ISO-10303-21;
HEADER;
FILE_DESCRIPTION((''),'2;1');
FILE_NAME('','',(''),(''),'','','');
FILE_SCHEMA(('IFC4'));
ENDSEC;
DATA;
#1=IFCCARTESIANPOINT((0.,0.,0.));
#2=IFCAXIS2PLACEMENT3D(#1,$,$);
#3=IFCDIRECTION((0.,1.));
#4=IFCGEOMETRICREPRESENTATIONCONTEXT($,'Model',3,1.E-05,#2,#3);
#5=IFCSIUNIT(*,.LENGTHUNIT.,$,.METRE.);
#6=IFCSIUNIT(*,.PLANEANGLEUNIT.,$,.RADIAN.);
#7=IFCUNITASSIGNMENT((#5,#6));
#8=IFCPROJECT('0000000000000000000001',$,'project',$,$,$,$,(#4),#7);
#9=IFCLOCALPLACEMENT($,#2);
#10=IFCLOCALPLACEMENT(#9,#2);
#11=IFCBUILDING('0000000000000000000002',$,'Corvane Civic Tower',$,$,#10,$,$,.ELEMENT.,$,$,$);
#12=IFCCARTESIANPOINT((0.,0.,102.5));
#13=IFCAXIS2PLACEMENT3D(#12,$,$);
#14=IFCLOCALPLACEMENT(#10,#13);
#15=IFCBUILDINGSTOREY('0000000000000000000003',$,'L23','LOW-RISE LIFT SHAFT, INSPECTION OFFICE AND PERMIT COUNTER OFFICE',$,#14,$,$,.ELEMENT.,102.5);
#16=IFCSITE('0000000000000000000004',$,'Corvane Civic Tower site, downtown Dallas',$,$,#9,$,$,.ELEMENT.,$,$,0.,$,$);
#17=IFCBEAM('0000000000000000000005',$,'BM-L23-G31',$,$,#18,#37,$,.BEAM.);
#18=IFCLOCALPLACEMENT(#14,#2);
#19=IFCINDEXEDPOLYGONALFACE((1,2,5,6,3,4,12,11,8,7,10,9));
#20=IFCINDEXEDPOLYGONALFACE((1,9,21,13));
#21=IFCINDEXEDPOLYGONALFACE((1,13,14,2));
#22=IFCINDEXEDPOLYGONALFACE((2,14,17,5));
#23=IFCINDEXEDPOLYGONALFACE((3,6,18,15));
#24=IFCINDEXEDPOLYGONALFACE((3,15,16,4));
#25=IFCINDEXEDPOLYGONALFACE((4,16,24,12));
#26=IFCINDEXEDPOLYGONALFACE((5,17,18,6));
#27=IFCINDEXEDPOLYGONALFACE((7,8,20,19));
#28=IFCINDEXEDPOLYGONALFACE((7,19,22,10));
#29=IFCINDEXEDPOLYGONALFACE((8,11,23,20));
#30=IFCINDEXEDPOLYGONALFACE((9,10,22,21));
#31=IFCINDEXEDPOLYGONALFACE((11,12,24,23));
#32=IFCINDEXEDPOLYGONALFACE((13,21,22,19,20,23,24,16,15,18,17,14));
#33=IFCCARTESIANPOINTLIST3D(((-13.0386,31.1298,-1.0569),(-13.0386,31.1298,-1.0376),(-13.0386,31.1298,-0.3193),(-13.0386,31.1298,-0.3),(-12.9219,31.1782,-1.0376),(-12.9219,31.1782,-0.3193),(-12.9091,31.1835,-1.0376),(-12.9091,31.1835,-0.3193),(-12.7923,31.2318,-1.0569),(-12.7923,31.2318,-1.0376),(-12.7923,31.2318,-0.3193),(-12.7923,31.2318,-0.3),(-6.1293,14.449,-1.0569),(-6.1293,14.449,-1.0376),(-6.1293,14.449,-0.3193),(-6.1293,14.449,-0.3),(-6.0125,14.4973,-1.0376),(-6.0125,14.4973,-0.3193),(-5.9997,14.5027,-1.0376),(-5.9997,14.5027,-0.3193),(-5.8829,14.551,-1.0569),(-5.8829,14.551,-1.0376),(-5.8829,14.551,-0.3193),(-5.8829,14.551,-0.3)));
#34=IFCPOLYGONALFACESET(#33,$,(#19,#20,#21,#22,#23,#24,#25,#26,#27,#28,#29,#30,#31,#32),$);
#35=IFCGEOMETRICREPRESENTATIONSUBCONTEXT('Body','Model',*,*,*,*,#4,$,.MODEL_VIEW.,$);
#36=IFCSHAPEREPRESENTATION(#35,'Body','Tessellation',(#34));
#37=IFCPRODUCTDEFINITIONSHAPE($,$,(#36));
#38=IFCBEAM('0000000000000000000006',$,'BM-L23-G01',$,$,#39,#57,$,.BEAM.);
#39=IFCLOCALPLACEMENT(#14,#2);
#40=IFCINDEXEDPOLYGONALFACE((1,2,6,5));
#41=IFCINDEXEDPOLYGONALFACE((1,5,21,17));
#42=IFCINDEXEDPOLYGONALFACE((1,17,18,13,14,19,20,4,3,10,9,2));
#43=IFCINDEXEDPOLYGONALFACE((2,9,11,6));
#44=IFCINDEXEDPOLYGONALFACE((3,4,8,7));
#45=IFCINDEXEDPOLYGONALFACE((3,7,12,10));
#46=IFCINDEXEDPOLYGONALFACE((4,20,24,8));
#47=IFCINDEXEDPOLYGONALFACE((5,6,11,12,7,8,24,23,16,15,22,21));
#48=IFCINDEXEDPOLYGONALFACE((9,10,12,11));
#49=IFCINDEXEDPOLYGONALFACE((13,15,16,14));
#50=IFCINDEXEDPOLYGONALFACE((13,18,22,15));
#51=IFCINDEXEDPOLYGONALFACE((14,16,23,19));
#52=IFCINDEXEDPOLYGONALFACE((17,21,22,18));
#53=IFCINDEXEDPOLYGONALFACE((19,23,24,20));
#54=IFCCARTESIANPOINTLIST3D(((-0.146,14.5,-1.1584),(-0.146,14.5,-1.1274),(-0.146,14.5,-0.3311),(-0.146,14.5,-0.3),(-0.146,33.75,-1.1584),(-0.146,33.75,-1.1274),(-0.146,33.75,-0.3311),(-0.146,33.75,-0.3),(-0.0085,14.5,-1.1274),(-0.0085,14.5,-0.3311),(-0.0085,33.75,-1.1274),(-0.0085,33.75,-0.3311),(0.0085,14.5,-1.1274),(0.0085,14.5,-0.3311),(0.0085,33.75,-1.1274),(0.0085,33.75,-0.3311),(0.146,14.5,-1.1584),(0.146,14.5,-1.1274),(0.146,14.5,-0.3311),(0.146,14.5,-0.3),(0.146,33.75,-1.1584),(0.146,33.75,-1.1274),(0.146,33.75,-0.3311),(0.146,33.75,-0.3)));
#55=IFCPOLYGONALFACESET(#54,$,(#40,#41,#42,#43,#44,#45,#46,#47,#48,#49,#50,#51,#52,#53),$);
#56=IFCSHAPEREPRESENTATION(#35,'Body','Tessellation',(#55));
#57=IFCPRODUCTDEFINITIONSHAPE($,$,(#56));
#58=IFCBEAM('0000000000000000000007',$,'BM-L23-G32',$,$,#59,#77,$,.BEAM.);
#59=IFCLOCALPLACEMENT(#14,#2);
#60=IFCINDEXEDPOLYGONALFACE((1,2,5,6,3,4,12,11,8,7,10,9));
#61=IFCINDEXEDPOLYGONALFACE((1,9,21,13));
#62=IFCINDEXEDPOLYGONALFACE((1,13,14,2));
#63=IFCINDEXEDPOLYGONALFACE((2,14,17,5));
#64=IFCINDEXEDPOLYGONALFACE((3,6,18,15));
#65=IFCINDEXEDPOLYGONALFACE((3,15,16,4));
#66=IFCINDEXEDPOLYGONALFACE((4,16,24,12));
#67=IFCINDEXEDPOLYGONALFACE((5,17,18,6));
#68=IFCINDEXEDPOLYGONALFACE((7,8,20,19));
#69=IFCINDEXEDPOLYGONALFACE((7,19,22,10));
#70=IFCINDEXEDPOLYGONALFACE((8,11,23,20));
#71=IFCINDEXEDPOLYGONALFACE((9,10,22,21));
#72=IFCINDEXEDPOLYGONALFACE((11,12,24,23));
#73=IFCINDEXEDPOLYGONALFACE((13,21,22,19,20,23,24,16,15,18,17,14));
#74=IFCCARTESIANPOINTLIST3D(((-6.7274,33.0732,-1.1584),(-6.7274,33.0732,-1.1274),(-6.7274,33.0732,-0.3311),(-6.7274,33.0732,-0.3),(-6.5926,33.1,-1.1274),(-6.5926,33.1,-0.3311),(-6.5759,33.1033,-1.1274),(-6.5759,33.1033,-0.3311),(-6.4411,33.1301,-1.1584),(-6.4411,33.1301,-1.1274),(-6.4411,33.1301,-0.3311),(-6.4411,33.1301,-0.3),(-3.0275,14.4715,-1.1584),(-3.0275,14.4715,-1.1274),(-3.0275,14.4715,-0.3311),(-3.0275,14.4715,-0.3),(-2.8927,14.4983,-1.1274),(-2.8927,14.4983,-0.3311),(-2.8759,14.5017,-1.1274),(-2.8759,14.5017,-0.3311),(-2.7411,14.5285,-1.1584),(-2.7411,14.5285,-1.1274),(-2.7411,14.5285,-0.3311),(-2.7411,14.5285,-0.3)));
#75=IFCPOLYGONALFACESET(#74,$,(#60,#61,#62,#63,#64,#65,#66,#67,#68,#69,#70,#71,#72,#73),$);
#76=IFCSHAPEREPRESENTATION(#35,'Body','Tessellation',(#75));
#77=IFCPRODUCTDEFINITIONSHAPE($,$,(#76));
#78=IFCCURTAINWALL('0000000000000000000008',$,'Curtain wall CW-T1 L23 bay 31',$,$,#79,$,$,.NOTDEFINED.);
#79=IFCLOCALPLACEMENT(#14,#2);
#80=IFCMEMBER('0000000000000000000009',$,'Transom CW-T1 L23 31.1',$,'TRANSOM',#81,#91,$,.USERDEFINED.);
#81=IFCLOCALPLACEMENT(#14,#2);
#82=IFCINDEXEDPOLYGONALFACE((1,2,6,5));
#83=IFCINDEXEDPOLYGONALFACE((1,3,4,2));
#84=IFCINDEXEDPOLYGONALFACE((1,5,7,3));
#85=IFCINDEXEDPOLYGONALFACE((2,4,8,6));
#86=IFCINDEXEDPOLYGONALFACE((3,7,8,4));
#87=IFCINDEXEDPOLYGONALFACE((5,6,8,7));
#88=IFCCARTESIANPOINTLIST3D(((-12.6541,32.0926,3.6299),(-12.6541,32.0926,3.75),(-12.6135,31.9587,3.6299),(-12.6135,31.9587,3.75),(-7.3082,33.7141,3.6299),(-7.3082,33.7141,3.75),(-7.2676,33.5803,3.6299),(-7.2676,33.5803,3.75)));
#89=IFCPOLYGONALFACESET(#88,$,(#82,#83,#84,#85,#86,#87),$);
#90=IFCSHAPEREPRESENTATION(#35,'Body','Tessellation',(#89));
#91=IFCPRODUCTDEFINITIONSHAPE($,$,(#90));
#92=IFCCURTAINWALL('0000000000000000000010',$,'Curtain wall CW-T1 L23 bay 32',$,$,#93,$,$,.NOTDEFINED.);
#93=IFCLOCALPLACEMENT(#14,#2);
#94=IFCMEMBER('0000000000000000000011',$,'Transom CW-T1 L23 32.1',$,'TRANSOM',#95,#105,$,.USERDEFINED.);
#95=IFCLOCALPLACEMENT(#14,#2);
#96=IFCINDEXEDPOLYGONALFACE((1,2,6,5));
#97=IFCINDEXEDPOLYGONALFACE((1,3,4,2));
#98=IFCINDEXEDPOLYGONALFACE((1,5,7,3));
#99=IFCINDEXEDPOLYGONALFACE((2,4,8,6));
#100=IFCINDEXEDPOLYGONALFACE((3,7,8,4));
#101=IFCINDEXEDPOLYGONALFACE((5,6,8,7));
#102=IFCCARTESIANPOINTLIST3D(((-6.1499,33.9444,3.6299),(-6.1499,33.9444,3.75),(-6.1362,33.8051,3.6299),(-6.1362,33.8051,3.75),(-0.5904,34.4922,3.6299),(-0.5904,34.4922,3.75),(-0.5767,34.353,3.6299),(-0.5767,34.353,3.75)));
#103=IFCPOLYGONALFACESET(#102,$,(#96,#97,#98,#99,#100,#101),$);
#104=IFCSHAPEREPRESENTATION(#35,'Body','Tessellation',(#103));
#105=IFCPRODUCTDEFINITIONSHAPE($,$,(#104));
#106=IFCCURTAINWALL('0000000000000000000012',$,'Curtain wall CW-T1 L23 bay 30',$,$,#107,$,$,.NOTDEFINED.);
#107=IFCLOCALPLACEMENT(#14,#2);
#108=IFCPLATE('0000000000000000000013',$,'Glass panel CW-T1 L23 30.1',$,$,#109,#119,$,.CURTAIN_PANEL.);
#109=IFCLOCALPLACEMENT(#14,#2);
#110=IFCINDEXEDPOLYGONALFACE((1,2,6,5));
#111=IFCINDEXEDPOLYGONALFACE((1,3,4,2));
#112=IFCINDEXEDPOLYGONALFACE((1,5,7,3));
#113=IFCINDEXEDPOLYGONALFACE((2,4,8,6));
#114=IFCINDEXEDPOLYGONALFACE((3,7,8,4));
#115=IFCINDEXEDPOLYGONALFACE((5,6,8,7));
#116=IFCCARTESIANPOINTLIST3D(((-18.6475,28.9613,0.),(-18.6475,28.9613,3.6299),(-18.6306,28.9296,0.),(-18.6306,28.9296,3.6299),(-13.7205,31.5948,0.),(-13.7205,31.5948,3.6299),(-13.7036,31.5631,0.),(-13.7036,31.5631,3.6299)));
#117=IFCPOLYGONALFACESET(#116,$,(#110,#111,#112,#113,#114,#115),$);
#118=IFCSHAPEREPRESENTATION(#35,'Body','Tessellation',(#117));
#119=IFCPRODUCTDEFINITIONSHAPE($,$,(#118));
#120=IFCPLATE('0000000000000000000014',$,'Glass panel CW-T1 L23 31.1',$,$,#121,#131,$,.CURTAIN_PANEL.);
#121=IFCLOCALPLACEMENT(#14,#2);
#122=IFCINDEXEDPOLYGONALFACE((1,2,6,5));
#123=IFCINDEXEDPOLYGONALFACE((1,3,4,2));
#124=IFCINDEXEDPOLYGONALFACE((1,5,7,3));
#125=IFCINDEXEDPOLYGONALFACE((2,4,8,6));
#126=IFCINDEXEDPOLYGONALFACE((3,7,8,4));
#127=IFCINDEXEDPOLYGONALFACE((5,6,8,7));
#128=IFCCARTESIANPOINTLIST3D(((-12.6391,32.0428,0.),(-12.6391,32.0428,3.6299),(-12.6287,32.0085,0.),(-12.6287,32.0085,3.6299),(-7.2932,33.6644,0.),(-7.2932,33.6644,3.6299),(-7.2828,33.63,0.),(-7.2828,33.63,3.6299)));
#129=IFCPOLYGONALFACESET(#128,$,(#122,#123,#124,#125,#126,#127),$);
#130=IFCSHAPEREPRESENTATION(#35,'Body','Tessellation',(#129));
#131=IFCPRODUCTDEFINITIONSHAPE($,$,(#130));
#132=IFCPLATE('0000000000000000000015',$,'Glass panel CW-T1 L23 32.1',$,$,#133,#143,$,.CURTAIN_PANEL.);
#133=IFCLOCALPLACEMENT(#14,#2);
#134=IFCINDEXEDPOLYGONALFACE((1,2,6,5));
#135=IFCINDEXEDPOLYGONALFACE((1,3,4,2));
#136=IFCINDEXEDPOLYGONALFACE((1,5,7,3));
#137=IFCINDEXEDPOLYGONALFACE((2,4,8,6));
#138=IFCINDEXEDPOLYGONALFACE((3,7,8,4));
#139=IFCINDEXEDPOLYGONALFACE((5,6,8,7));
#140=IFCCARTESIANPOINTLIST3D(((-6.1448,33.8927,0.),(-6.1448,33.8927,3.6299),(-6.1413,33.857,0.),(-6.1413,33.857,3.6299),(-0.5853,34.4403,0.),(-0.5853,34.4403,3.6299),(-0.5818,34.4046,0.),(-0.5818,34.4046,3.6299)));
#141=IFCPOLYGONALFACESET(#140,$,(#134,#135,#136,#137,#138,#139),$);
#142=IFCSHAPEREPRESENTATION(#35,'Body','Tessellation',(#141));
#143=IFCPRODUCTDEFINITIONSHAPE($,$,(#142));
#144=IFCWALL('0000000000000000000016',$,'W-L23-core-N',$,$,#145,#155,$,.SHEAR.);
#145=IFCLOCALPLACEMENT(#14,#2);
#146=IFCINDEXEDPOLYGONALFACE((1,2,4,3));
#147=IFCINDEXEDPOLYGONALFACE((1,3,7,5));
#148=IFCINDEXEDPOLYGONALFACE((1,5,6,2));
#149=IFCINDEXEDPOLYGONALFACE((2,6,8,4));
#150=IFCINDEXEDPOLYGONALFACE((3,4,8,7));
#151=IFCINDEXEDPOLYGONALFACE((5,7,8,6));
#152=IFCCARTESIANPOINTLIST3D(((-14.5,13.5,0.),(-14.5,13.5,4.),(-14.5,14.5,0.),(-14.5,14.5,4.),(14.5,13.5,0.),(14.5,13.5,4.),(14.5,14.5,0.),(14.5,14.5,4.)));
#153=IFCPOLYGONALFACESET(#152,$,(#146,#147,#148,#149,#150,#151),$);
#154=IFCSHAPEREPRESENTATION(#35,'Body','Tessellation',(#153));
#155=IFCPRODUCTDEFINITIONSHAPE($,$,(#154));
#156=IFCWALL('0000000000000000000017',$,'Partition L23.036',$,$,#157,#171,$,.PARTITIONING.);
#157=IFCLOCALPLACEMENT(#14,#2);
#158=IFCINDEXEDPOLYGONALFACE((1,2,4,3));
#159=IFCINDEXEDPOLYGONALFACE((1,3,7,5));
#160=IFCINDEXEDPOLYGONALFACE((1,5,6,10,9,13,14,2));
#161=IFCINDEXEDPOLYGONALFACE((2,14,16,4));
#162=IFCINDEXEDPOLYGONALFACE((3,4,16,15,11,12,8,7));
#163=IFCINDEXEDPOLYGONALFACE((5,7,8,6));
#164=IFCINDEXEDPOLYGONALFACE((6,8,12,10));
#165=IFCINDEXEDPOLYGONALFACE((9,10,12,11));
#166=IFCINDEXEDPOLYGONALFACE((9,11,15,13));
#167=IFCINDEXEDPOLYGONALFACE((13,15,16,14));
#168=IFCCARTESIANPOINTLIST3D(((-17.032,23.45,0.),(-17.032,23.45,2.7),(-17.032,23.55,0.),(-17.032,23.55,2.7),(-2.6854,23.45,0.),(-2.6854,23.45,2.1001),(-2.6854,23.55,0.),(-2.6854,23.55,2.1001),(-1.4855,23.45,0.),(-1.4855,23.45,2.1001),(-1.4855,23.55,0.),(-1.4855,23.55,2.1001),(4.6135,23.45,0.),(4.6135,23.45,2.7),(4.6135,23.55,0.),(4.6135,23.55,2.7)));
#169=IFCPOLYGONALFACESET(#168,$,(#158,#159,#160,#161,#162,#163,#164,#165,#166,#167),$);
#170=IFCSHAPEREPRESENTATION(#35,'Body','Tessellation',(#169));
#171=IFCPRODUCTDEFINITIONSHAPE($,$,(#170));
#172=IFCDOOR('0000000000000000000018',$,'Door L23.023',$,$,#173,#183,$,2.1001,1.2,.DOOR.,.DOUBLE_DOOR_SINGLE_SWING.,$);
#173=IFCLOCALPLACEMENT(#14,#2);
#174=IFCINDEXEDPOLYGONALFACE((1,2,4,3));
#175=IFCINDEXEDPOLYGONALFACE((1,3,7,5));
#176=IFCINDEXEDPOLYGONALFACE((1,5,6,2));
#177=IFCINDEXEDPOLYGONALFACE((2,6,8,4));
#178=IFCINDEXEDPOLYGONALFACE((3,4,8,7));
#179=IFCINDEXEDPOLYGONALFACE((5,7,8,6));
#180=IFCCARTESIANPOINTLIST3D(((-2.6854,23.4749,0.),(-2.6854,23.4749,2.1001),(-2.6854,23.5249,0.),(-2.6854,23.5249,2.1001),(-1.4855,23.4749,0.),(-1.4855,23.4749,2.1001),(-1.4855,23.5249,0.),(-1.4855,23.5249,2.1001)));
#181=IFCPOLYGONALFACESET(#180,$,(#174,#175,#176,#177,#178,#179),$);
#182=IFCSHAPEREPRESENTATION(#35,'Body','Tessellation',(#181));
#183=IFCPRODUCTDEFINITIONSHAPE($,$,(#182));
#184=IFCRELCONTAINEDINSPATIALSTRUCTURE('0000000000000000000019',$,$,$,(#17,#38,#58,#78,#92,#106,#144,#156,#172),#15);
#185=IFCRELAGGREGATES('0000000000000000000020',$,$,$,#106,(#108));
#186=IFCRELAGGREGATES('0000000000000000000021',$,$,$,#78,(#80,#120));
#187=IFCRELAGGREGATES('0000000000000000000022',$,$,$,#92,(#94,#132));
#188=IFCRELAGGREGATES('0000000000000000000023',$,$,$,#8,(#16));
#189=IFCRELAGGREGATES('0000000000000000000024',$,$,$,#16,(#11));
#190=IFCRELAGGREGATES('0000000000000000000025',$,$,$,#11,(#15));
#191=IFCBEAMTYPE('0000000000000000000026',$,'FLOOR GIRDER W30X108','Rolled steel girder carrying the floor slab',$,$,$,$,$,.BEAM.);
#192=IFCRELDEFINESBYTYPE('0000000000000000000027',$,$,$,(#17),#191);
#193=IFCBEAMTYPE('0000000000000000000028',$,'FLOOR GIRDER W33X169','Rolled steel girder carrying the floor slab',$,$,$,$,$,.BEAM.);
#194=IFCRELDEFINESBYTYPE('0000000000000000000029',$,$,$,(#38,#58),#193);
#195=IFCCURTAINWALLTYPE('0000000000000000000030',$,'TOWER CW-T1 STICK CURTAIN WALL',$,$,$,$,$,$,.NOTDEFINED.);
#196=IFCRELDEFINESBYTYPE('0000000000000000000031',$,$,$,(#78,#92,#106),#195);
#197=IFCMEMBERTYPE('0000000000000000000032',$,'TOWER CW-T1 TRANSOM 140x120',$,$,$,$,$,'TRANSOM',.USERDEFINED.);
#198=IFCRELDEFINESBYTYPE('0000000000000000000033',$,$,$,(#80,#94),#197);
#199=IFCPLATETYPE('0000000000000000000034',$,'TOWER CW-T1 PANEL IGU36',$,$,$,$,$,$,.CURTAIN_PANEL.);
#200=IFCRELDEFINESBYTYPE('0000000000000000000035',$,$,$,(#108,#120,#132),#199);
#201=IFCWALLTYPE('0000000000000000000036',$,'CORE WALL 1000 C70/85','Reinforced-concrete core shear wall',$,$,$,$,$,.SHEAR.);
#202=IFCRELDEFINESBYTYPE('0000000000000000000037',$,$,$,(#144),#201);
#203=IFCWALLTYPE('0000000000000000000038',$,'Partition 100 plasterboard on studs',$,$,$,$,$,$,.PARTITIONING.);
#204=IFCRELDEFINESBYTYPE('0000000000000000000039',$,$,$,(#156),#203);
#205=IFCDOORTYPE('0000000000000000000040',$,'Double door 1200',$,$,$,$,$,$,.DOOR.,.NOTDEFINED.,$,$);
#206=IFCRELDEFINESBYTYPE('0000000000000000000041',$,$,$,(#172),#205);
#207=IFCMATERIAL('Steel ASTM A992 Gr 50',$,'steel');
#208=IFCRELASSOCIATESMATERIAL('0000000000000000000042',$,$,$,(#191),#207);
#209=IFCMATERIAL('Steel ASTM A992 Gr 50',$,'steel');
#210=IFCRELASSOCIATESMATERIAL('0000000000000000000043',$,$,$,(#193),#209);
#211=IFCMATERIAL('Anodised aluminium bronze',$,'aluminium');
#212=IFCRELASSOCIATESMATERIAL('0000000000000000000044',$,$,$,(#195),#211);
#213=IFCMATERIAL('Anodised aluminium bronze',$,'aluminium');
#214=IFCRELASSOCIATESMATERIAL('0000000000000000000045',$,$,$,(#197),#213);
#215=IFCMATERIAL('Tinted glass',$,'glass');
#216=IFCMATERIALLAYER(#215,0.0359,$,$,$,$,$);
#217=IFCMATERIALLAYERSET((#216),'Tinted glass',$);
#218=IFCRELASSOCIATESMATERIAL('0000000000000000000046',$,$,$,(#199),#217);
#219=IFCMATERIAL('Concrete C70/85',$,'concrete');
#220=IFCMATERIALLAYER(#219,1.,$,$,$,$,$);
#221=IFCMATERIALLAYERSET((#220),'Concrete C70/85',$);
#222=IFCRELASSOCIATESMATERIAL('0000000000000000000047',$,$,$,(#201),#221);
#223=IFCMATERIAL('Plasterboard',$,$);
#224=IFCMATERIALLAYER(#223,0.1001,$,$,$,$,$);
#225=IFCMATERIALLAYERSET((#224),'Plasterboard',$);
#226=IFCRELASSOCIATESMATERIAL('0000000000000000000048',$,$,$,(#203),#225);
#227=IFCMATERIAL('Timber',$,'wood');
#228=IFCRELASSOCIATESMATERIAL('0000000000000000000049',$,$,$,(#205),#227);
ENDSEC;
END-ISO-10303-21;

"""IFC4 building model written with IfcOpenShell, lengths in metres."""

from ifc_helpers import new_model, si_unit, direction, frame, frame_2d, origin, origin_2d, place, context, subcontext, project, spatial, rectangle, i_section, extrude, material, layer, layer_set, material_profile, profile_set, type_object, element, fill, aggregate, save


model = new_model("IFC4")

# Units and contexts
model_context = context("Model", 3, precision=1e-05, world=origin(), true_north=direction((0.0, 1.0)))
body_context = subcontext(model_context, "Body", "Model", "MODEL_VIEW")
ifc_project = project(units=[si_unit("LENGTHUNIT", "METRE"), si_unit("PLANEANGLEUNIT", "RADIAN")], contexts=[model_context])

# Site, building, storey
site_placement = place(None, origin())
site = spatial("IfcSite", under=ifc_project, at=site_placement, Name="Corvane Civic Tower site, downtown Dallas", CompositionType="ELEMENT", RefElevation=0.0)
building_placement = place(site_placement, origin())
building = spatial("IfcBuilding", under=site, at=building_placement, Name="Corvane Civic Tower", CompositionType="ELEMENT")
storey_placement = place(building_placement, frame((0.0, 0.0, 102.5)))
storey = spatial("IfcBuildingStorey", under=building, at=storey_placement, Name="L23", Description="LOW-RISE LIFT SHAFT, INSPECTION OFFICE AND PERMIT COUNTER OFFICE", CompositionType="ELEMENT", Elevation=102.5)

# Beams
ifc_material_1 = material(Name="Steel ASTM A992 Gr 50", Category="steel")
ifc_material_profile_1 = material_profile(ifc_material_1, i_section(OverallWidth=0.2666, OverallDepth=0.7568, WebThickness=0.0139, FlangeThickness=0.0193, at=origin_2d()), Name="W30X108")
ifc_profile_set_1 = profile_set([ifc_material_profile_1], Name="Steel ASTM A992 Gr 50")
beam_type_1 = type_object("IfcBeamType", Name="FLOOR GIRDER W30X108", Description="Rolled steel girder carrying the floor slab", PredefinedType="BEAM", material=ifc_profile_set_1)
beam_1_placement = place(storey_placement, frame((-6.0061, 14.5, -0.6785), z_axis=(-0.382682, 0.92388, 0.0), x_axis=(-0.92388, -0.382682, 0.0)))
element("IfcBeam", 1, at=beam_1_placement, inside=storey, type_object=beam_type_1, Name="BM-L23-G31", PredefinedType="BEAM", context=body_context, shape_type="SweptSolid", body=[
    extrude(i_section(OverallWidth=0.2666, OverallDepth=0.7568, WebThickness=0.0139, FlangeThickness=0.0193, at=origin_2d()), origin(), (0.0, 0.0, 1.0), 18.0552),
])
ifc_material_2 = material(Name="Steel ASTM A992 Gr 50", Category="steel")
ifc_material_profile_2 = material_profile(ifc_material_2, i_section(OverallWidth=0.292, OverallDepth=0.8584, WebThickness=0.0171, FlangeThickness=0.031, at=origin_2d()), Name="W33X169")
ifc_profile_set_2 = profile_set([ifc_material_profile_2], Name="Steel ASTM A992 Gr 50")
beam_type_2 = type_object("IfcBeamType", Name="FLOOR GIRDER W33X169", Description="Rolled steel girder carrying the floor slab", PredefinedType="BEAM", material=ifc_profile_set_2)
beam_2_placement = place(storey_placement, frame((0.0, 14.5, -0.7292), z_axis=(0.0, 1.0, 0.0), x_axis=(-1.0, 0.0, 0.0)))
element("IfcBeam", 2, at=beam_2_placement, inside=storey, type_object=beam_type_2, Name="BM-L23-G01", PredefinedType="BEAM", context=body_context, shape_type="SweptSolid", body=[
    extrude(i_section(OverallWidth=0.292, OverallDepth=0.8584, WebThickness=0.0171, FlangeThickness=0.031, at=origin_2d()), origin(), (0.0, 0.0, 1.0), 19.25),
])
beam_3_placement = place(storey_placement, frame((-2.8843, 14.5, -0.7292), z_axis=(-0.195084, 0.980787, 0.0), x_axis=(-0.980787, -0.195084, 0.0)))
element("IfcBeam", 3, at=beam_3_placement, inside=storey, type_object=beam_type_2, Name="BM-L23-G32", PredefinedType="BEAM", context=body_context, shape_type="SweptSolid", body=[
    extrude(i_section(OverallWidth=0.292, OverallDepth=0.8584, WebThickness=0.0171, FlangeThickness=0.031, at=origin_2d()), origin(), (0.0, 0.0, 1.0), 18.9661),
])

# Curtain walls, members
ifc_material_3 = material(Name="Anodised aluminium bronze", Category="aluminium")
curtain_wall_type = type_object("IfcCurtainWallType", Name="TOWER CW-T1 STICK CURTAIN WALL", PredefinedType="NOTDEFINED", material=ifc_material_3)
curtain_wall_1_placement = place(storey_placement, origin())
curtain_wall_1 = element("IfcCurtainWall", 4, at=curtain_wall_1_placement, inside=storey, type_object=curtain_wall_type, Name="Curtain wall CW-T1 L23 bay 31", PredefinedType="NOTDEFINED")
ifc_material_4 = material(Name="Anodised aluminium bronze", Category="aluminium")
ifc_material_profile_3 = material_profile(ifc_material_4, rectangle(XDim=0.1399, YDim=0.1201, at=origin_2d()), Name="TOWER CW-T1 TRANSOM 140x120")
ifc_profile_set_3 = profile_set([ifc_material_profile_3], Name="Anodised aluminium bronze")
member_type = type_object("IfcMemberType", Name="TOWER CW-T1 TRANSOM 140x120", ElementType="TRANSOM", PredefinedType="USERDEFINED", material=ifc_profile_set_3)
member_1_placement = place(storey_placement, frame((-12.6338, 32.0256, 3.6899), z_axis=(0.956945, 0.290269, 0.0), x_axis=(-0.290269, 0.956945, 0.0)))
member_1 = element("IfcMember", 5, at=member_1_placement, type_object=member_type, Name="Transom CW-T1 L23 31.1", ObjectType="TRANSOM", PredefinedType="USERDEFINED", context=body_context, shape_type="SweptSolid", body=[
    extrude(rectangle(XDim=0.1399, YDim=0.1201, at=origin_2d()), origin(), (0.0, 0.0, 1.0), 5.5864),
])
curtain_wall_2_placement = place(storey_placement, origin())
curtain_wall_2 = element("IfcCurtainWall", 6, at=curtain_wall_2_placement, inside=storey, type_object=curtain_wall_type, Name="Curtain wall CW-T1 L23 bay 32", PredefinedType="NOTDEFINED")
member_2_placement = place(storey_placement, frame((-6.1431, 33.8748, 3.6899), z_axis=(0.99518, 0.098067, 0.0), x_axis=(-0.098067, 0.99518, 0.0)))
member_2 = element("IfcMember", 7, at=member_2_placement, type_object=member_type, Name="Transom CW-T1 L23 32.1", ObjectType="TRANSOM", PredefinedType="USERDEFINED", context=body_context, shape_type="SweptSolid", body=[
    extrude(rectangle(XDim=0.1399, YDim=0.1201, at=origin_2d()), origin(), (0.0, 0.0, 1.0), 5.5864),
])

# Curtain wall, plate
curtain_wall_3_placement = place(storey_placement, origin())
curtain_wall_3 = element("IfcCurtainWall", 8, at=curtain_wall_3_placement, inside=storey, type_object=curtain_wall_type, Name="Curtain wall CW-T1 L23 bay 30", PredefinedType="NOTDEFINED")
ifc_material_5 = material(Name="Tinted glass", Category="glass")
ifc_layer_1 = layer(ifc_material_5, 0.0359)
ifc_layer_set_1 = layer_set([ifc_layer_1], Name="Tinted glass")
plate_type = type_object("IfcPlateType", Name="TOWER CW-T1 PANEL IGU36", PredefinedType="CURTAIN_PANEL", material=ifc_layer_set_1)
plate_1_placement = place(storey_placement, frame((-16.1755, 30.2622, 0.0), z_axis=(0.0, 0.0, 1.0), x_axis=(0.881924, 0.471392, 0.0)))
plate_1 = element("IfcPlate", 9, at=plate_1_placement, type_object=plate_type, Name="Glass panel CW-T1 L23 30.1", PredefinedType="CURTAIN_PANEL", context=body_context, shape_type="SweptSolid", body=[
    extrude(rectangle(XDim=5.5867, YDim=0.0359, at=origin_2d()), origin(), (0.0, 0.0, 1.0), 3.6299),
])
aggregate(curtain_wall_3, [plate_1])

# Plates
plate_2_placement = place(storey_placement, frame((-9.9609, 32.8364, 0.0), z_axis=(0.0, 0.0, 1.0), x_axis=(0.956946, 0.290266, 0.0)))
plate_2 = element("IfcPlate", 10, at=plate_2_placement, type_object=plate_type, Name="Glass panel CW-T1 L23 31.1", PredefinedType="CURTAIN_PANEL", context=body_context, shape_type="SweptSolid", body=[
    extrude(rectangle(XDim=5.5864, YDim=0.0359, at=origin_2d()), origin(), (0.0, 0.0, 1.0), 3.6299),
])
aggregate(curtain_wall_1, [member_1, plate_2])
plate_3_placement = place(storey_placement, frame((-3.3633, 34.1487, 0.0), z_axis=(0.0, 0.0, 1.0), x_axis=(0.995184, 0.098027, 0.0)))
plate_3 = element("IfcPlate", 11, at=plate_3_placement, type_object=plate_type, Name="Glass panel CW-T1 L23 32.1", PredefinedType="CURTAIN_PANEL", context=body_context, shape_type="SweptSolid", body=[
    extrude(rectangle(XDim=5.5864, YDim=0.0359, at=origin_2d()), origin(), (0.0, 0.0, 1.0), 3.6299),
])
aggregate(curtain_wall_2, [member_2, plate_3])

# Wall
ifc_material_6 = material(Name="Concrete C70/85", Category="concrete")
ifc_layer_2 = layer(ifc_material_6, 1.0)
ifc_layer_set_2 = layer_set([ifc_layer_2], Name="Concrete C70/85")
wall_type_1 = type_object("IfcWallType", Name="CORE WALL 1000 C70/85", Description="Reinforced-concrete core shear wall", PredefinedType="SHEAR", material=ifc_layer_set_2)
wall_1_placement = place(storey_placement, frame((-14.5, 14.0, 0.0), z_axis=(0.0, 0.0, 1.0), x_axis=(1.0, 0.0, 0.0)))
element("IfcWall", 12, at=wall_1_placement, inside=storey, type_object=wall_type_1, Name="W-L23-core-N", PredefinedType="SHEAR", context=body_context, shape_type="SweptSolid", body=[
    extrude(rectangle(XDim=29.0, YDim=1.0, at=frame_2d((14.5, 0.0))), origin(), (0.0, 0.0, 1.0), 4.0),
])

# Wall, opening, door
ifc_material_7 = material(Name="Plasterboard")
ifc_layer_3 = layer(ifc_material_7, 0.1001)
ifc_layer_set_3 = layer_set([ifc_layer_3], Name="Plasterboard")
wall_type_2 = type_object("IfcWallType", Name="Partition 100 plasterboard on studs", PredefinedType="PARTITIONING", material=ifc_layer_set_3)
wall_2_placement = place(storey_placement, frame((-17.032, 23.5, 0.0), z_axis=(0.0, 0.0, 1.0), x_axis=(1.0, 0.0, 0.0)))
wall_2 = element("IfcWall", 13, at=wall_2_placement, inside=storey, type_object=wall_type_2, Name="Partition L23.036", PredefinedType="PARTITIONING", context=body_context, shape_type="SweptSolid", body=[
    extrude(rectangle(XDim=21.6455, YDim=0.1001, at=frame_2d((10.8228, 0.0))), origin(), (0.0, 0.0, 1.0), 2.7),
])
opening_placement = place(wall_2_placement, frame((14.3464, 0.0, 0.0)))
opening = element("IfcOpeningElement", 14, at=opening_placement, cuts=wall_2, PredefinedType="OPENING", context=body_context, shape_type="SweptSolid", body=[
    extrude(rectangle(XDim=1.2, YDim=2.1001, at=frame_2d((0.6001, 1.05))), frame((0.0, 0.0601, 0.0), z_axis=(0.0, -1.0, 0.0), x_axis=(1.0, 0.0, 0.0)), (0.0, 0.0, 1.0), 0.1201),
])
ifc_material_8 = material(Name="Timber", Category="wood")
door_type = type_object("IfcDoorType", Name="Double door 1200", OperationType="NOTDEFINED", PredefinedType="DOOR", material=ifc_material_8)
door_placement = place(opening_placement, origin())
door = element("IfcDoor", 15, at=door_placement, inside=storey, type_object=door_type, Name="Door L23.023", OperationType="DOUBLE_DOOR_SINGLE_SWING", OverallHeight=2.1001, OverallWidth=1.2, PredefinedType="DOOR", context=body_context, shape_type="SweptSolid", body=[
    extrude(rectangle(XDim=1.2, YDim=2.1001, at=frame_2d((0.6001, 1.05))), frame((0.0, 0.0249, 0.0), z_axis=(0.0, -1.0, 0.0), x_axis=(1.0, 0.0, 0.0)), (0.0, 0.0, 1.0), 0.05),
])
fill(opening, door)

save(model, "model.ifc")
